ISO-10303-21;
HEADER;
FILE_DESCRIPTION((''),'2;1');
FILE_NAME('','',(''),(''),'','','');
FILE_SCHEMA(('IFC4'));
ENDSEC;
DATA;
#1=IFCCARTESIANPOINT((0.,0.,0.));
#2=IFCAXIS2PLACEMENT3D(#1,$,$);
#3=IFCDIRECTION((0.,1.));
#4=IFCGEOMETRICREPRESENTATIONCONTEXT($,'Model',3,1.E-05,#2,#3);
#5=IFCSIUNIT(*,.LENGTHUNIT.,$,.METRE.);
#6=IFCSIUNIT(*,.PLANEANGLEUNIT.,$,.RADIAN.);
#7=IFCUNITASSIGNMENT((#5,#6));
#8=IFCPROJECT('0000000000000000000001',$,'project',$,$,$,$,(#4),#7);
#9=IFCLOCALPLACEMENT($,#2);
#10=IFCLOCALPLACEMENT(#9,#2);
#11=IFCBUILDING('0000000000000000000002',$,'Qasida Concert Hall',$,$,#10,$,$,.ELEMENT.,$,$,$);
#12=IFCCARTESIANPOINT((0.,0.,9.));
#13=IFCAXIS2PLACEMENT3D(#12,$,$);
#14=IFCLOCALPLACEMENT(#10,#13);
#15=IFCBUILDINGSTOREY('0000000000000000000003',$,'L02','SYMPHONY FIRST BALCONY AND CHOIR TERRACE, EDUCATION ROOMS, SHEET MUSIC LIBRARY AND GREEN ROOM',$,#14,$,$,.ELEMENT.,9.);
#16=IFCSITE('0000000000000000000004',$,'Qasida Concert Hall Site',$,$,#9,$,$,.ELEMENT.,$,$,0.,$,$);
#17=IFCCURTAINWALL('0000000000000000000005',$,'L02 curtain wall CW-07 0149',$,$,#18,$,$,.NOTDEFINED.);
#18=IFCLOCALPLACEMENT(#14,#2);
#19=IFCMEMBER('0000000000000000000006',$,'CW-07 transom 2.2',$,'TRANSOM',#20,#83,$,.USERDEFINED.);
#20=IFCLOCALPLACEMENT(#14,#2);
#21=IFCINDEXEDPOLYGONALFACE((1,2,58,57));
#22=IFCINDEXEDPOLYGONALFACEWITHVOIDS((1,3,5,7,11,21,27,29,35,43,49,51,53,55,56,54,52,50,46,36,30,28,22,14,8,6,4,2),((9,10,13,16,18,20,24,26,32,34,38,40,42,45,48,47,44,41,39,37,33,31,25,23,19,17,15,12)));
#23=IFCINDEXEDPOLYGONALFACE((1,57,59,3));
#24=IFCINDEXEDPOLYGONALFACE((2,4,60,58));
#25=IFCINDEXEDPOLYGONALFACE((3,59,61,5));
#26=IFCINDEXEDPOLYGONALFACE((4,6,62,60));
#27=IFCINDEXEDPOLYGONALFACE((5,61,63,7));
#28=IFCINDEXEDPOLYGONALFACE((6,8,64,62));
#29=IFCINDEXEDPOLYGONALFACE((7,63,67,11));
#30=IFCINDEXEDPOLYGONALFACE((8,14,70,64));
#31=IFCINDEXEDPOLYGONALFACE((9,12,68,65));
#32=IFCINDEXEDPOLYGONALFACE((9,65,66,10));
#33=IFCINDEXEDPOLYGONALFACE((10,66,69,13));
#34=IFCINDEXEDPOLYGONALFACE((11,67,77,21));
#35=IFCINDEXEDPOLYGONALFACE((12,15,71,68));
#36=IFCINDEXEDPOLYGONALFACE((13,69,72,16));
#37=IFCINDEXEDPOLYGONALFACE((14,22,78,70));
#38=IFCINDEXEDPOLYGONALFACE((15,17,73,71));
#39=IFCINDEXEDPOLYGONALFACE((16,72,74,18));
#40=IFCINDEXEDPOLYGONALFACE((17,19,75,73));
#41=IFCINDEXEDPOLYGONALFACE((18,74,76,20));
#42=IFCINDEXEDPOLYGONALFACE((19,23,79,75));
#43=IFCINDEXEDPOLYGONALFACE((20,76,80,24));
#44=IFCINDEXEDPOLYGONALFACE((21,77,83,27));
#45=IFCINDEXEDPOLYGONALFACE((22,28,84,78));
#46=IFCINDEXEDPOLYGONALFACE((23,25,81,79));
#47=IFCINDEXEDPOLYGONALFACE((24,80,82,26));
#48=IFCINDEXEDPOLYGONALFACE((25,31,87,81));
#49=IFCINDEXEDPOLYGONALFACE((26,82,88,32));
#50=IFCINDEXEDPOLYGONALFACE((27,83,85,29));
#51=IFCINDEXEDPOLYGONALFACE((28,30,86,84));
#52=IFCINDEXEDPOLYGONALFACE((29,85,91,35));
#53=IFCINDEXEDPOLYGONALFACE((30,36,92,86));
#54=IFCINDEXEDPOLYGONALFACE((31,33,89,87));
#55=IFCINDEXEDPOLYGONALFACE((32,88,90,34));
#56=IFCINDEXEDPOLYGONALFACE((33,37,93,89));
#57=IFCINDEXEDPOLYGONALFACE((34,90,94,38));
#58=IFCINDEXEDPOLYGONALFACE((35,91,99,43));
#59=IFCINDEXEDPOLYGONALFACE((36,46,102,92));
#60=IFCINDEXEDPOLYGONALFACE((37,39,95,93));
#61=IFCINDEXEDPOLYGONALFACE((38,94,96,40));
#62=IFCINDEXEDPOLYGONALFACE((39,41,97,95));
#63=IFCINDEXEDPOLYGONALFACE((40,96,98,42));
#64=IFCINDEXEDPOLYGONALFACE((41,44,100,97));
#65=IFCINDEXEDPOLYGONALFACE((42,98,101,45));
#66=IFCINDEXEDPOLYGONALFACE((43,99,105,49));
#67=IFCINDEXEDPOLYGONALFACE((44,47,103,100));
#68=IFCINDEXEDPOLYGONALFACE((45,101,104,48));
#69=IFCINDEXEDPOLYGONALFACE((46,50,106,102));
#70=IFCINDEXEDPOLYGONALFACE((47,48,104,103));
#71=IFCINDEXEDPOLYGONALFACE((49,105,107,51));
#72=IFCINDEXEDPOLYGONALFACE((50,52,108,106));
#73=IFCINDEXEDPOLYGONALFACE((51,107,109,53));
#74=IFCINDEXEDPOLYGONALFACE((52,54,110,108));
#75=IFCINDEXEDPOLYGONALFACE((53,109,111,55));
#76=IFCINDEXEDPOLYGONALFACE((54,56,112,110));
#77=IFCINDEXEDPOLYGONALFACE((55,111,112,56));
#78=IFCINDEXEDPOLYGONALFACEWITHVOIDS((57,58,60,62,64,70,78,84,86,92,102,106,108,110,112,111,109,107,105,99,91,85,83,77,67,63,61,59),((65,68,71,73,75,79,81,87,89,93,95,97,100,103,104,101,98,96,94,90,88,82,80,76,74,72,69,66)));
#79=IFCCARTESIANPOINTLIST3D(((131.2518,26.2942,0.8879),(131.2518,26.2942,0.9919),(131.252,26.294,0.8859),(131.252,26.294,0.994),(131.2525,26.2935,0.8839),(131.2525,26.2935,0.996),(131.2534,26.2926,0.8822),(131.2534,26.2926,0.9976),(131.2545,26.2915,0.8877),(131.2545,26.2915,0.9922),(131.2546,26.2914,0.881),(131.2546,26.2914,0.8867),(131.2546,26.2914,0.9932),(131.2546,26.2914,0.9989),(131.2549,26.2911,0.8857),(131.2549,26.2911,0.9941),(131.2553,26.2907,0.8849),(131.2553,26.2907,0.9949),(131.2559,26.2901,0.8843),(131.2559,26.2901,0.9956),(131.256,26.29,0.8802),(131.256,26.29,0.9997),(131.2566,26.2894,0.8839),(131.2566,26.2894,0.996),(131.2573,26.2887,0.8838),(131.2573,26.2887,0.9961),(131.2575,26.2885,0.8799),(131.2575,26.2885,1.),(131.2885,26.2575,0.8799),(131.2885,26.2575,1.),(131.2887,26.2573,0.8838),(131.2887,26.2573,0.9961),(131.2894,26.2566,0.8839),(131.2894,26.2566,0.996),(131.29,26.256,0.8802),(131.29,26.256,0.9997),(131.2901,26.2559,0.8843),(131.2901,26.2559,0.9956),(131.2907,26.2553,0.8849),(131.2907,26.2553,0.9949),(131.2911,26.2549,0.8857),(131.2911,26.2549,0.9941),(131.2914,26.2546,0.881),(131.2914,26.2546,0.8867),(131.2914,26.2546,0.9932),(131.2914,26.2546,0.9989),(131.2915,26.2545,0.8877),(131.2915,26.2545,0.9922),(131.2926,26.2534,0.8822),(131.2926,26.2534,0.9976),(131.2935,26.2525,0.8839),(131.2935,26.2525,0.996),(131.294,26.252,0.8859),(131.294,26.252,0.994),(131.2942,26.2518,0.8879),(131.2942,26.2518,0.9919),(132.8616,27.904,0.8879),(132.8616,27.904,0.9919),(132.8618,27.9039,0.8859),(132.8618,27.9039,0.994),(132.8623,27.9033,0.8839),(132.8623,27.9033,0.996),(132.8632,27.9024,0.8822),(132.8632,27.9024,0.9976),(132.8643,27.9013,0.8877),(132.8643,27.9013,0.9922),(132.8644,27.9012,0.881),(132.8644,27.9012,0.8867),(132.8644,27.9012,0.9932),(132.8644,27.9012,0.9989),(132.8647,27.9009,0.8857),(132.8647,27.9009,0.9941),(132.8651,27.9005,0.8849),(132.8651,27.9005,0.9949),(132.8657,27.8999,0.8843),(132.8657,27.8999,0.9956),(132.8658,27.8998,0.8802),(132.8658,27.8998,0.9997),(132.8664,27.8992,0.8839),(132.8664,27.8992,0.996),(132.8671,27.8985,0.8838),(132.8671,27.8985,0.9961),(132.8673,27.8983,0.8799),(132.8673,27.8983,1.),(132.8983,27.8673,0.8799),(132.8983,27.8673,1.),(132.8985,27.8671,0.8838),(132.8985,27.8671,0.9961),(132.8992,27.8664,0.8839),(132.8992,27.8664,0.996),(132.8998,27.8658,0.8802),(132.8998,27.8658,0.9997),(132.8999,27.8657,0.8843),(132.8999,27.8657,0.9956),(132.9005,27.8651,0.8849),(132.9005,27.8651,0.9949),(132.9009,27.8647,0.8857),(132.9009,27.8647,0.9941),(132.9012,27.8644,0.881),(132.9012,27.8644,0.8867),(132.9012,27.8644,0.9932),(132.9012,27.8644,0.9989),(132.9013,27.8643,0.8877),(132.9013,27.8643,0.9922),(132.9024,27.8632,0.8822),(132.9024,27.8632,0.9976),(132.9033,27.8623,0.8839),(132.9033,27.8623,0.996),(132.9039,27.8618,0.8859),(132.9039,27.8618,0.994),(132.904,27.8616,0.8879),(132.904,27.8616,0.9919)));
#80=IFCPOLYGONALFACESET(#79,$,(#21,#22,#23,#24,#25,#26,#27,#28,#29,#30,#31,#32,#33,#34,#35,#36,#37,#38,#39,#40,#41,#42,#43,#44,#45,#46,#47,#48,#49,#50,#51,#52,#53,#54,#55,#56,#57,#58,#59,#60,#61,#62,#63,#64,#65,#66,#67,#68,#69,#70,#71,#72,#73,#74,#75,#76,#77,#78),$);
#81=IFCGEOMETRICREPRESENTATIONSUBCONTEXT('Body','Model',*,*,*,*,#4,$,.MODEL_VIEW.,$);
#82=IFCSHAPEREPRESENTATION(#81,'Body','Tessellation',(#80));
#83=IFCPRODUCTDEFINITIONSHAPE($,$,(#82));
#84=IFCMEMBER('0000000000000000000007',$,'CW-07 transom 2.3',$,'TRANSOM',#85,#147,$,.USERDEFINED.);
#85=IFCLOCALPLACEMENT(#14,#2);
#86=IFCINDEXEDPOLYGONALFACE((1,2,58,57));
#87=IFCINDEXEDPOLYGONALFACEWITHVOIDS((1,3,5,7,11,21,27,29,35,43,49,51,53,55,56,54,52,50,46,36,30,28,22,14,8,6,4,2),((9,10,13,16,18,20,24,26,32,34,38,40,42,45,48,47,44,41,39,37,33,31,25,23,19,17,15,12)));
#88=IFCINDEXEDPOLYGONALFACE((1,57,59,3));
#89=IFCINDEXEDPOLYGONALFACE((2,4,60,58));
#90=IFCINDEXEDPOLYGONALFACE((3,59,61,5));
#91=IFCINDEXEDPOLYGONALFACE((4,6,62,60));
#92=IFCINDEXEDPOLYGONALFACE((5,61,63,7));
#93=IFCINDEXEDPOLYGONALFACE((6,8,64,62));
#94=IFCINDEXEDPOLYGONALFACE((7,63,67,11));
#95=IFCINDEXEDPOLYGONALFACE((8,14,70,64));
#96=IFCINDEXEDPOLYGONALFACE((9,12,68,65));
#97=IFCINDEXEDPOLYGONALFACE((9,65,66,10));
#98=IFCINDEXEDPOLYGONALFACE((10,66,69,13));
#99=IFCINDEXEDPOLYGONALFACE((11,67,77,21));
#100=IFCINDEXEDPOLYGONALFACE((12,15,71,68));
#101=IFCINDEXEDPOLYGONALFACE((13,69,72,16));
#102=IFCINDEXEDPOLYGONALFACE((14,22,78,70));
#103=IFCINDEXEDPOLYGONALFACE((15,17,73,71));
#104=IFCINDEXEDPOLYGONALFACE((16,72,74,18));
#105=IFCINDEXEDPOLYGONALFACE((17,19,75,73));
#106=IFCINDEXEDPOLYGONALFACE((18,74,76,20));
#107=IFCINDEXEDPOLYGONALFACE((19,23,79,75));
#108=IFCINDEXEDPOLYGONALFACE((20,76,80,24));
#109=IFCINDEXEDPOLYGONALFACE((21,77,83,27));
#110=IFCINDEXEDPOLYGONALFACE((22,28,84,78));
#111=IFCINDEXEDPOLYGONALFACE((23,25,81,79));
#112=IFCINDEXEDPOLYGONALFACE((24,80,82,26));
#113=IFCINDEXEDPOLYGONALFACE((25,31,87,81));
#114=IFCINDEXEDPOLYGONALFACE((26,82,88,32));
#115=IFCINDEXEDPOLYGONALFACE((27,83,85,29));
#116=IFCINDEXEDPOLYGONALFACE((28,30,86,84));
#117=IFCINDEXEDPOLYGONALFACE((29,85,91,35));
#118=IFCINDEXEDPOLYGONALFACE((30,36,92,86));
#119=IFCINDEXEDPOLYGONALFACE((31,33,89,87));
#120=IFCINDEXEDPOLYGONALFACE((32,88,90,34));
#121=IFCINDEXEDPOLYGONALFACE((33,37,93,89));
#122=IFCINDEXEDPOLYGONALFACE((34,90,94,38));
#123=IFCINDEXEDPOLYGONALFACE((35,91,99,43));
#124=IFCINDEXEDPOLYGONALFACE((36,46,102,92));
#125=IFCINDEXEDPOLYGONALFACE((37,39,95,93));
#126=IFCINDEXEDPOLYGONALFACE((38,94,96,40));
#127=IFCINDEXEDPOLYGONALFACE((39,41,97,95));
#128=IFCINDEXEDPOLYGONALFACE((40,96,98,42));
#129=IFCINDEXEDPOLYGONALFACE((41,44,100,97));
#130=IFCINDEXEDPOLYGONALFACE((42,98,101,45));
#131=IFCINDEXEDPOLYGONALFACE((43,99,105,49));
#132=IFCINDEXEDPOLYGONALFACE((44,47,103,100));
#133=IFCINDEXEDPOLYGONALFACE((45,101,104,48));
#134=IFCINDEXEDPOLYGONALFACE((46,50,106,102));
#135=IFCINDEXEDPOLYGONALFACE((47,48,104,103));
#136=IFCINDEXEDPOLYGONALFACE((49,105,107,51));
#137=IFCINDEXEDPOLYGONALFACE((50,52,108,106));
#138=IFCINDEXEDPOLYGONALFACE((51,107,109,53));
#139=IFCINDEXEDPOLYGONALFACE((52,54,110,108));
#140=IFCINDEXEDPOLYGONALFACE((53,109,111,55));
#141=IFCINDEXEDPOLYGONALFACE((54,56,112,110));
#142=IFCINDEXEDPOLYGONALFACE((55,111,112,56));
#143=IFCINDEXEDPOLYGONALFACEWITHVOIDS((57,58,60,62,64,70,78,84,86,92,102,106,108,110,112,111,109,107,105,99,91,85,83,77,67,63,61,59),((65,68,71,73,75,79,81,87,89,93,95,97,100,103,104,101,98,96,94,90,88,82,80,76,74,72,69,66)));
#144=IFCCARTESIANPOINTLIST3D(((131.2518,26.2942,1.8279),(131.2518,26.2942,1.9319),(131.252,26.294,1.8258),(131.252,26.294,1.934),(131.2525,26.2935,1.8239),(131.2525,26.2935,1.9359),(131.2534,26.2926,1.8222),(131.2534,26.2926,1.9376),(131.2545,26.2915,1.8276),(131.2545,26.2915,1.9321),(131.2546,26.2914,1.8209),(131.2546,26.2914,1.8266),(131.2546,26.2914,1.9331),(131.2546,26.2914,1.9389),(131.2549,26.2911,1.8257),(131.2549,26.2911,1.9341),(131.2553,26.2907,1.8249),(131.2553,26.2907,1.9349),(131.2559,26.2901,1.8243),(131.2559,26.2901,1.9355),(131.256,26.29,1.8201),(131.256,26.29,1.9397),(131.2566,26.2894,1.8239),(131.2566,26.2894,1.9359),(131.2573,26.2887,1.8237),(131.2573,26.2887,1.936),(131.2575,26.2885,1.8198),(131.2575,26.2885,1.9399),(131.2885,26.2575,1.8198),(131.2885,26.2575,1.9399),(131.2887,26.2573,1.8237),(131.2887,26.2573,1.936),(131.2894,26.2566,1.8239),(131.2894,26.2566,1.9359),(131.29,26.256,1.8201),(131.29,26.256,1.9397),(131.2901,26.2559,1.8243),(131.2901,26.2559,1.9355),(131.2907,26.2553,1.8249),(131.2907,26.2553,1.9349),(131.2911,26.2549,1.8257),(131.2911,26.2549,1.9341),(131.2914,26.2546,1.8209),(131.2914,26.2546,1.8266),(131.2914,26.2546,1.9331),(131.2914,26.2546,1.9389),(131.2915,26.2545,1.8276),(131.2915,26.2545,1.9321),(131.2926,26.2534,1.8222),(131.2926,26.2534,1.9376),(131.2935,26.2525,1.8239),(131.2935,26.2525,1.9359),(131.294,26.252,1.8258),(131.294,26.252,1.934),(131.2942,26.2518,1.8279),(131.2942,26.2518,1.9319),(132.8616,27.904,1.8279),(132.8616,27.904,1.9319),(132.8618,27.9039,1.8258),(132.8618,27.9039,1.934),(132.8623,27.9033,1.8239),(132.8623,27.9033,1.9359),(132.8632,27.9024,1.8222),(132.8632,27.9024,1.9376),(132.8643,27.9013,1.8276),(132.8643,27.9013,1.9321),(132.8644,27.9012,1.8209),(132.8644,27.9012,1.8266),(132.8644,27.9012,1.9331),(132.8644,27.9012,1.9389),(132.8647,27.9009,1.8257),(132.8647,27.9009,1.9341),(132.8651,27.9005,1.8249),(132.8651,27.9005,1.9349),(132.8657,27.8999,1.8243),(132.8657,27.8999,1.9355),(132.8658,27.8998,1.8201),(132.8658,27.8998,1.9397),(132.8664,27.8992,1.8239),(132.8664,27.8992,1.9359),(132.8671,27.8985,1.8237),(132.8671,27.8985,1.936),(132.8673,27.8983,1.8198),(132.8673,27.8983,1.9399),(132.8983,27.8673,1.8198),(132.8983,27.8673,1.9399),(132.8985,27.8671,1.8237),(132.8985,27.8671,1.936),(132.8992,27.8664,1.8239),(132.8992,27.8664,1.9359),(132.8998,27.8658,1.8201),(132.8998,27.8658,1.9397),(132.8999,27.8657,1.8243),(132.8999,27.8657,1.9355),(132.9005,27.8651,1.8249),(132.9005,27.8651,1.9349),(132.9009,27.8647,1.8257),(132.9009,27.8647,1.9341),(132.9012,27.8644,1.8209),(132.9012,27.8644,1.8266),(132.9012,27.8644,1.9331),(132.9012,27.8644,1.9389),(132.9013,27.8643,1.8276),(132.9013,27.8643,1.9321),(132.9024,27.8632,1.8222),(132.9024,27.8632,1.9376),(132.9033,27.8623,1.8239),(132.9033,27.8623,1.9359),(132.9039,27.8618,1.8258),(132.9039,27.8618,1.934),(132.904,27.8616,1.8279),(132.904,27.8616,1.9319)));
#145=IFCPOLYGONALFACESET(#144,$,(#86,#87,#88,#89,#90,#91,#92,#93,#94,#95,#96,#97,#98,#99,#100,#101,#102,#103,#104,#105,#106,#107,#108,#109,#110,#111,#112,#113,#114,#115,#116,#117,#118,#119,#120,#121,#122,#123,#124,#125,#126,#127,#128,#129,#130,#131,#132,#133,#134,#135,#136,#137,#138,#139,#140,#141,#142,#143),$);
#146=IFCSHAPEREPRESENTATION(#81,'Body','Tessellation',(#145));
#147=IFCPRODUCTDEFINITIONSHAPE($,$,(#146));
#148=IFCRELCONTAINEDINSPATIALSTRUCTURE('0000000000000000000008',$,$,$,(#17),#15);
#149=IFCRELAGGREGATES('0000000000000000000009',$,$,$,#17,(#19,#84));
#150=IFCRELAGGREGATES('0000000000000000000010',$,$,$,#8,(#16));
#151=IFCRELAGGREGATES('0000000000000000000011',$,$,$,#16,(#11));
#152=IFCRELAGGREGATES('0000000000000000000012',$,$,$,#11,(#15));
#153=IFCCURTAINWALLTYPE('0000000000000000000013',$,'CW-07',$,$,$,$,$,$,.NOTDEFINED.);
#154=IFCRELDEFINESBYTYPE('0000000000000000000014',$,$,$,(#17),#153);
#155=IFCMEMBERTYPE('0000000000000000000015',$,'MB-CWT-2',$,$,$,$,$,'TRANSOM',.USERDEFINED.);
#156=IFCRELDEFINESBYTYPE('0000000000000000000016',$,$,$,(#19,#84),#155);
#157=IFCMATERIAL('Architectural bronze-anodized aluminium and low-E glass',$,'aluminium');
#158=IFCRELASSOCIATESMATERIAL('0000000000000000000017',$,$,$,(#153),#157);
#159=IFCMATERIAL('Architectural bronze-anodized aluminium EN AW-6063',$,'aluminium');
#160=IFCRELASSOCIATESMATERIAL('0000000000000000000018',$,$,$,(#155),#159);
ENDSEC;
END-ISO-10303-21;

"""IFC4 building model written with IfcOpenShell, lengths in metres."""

from ifc_helpers import new_model, si_unit, direction, frame, origin, origin_2d, place, context, subcontext, project, spatial, hollow_rectangle, extrude, material, material_profile, profile_set, type_object, element, aggregate, save


model = new_model("IFC4")

# Units and contexts
model_context = context("Model", 3, precision=1e-05, world=origin(), true_north=direction((0.0, 1.0)))
body_context = subcontext(model_context, "Body", "Model", "MODEL_VIEW")
ifc_project = project(units=[si_unit("LENGTHUNIT", "METRE"), si_unit("PLANEANGLEUNIT", "RADIAN")], contexts=[model_context])

# Site, building, storey
site_placement = place(None, origin())
site = spatial("IfcSite", under=ifc_project, at=site_placement, Name="Qasida Concert Hall Site", CompositionType="ELEMENT", RefElevation=0.0)
building_placement = place(site_placement, origin())
building = spatial("IfcBuilding", under=site, at=building_placement, Name="Qasida Concert Hall", CompositionType="ELEMENT")
storey_placement = place(building_placement, frame((0.0, 0.0, 9.0)))
storey = spatial("IfcBuildingStorey", under=building, at=storey_placement, Name="L02", Description="SYMPHONY FIRST BALCONY AND CHOIR TERRACE, EDUCATION ROOMS, SHEET MUSIC LIBRARY AND GREEN ROOM", CompositionType="ELEMENT", Elevation=9.0)

# Curtain wall, members
ifc_material_1 = material(Name="Architectural bronze-anodized aluminium and low-E glass", Category="aluminium")
curtain_wall_type = type_object("IfcCurtainWallType", Name="CW-07", PredefinedType="NOTDEFINED", material=ifc_material_1)
curtain_wall_placement = place(storey_placement, origin())
curtain_wall = element("IfcCurtainWall", 1, at=curtain_wall_placement, inside=storey, type_object=curtain_wall_type, Name="L02 curtain wall CW-07 0149", PredefinedType="NOTDEFINED")
ifc_material_2 = material(Name="Architectural bronze-anodized aluminium EN AW-6063", Category="aluminium")
ifc_material_profile_1 = material_profile(ifc_material_2, hollow_rectangle(XDim=0.0601, YDim=0.1201, WallThickness=0.0039, InnerFilletRadius=0.0039, OuterFilletRadius=0.0081, at=origin_2d()), Name="CWT 120x60x4")
ifc_profile_set_1 = profile_set([ifc_material_profile_1], Name="Architectural bronze-anodized aluminium EN AW-6063")
member_type_1 = type_object("IfcMemberType", Name="MB-CWT-2", ElementType="TRANSOM", PredefinedType="USERDEFINED", material=ifc_profile_set_1)
member_1_placement = place(storey_placement, frame((132.8828, 27.8828, 0.9399), z_axis=(-0.707107, -0.707107, 0.0), x_axis=(0.707107, -0.707107, 0.0)))
member_1 = element("IfcMember", 2, at=member_1_placement, type_object=member_type_1, Name="CW-07 transom 2.2", ObjectType="TRANSOM", PredefinedType="USERDEFINED", context=body_context, shape_type="SweptSolid", body=[
    extrude(hollow_rectangle(XDim=0.0601, YDim=0.1201, WallThickness=0.0039, InnerFilletRadius=0.0039, OuterFilletRadius=0.0081, at=origin_2d()), origin(), (0.0, 0.0, 1.0), 2.2766),
])
member_2_placement = place(storey_placement, frame((132.8828, 27.8828, 1.8799), z_axis=(-0.707107, -0.707107, 0.0), x_axis=(0.707107, -0.707107, 0.0)))
member_2 = element("IfcMember", 3, at=member_2_placement, type_object=member_type_1, Name="CW-07 transom 2.3", ObjectType="TRANSOM", PredefinedType="USERDEFINED", context=body_context, shape_type="SweptSolid", body=[
    extrude(hollow_rectangle(XDim=0.0601, YDim=0.1201, WallThickness=0.0039, InnerFilletRadius=0.0039, OuterFilletRadius=0.0081, at=origin_2d()), origin(), (0.0, 0.0, 1.0), 2.2766),
])
aggregate(curtain_wall, [member_1, member_2])

save(model, "model.ifc")
